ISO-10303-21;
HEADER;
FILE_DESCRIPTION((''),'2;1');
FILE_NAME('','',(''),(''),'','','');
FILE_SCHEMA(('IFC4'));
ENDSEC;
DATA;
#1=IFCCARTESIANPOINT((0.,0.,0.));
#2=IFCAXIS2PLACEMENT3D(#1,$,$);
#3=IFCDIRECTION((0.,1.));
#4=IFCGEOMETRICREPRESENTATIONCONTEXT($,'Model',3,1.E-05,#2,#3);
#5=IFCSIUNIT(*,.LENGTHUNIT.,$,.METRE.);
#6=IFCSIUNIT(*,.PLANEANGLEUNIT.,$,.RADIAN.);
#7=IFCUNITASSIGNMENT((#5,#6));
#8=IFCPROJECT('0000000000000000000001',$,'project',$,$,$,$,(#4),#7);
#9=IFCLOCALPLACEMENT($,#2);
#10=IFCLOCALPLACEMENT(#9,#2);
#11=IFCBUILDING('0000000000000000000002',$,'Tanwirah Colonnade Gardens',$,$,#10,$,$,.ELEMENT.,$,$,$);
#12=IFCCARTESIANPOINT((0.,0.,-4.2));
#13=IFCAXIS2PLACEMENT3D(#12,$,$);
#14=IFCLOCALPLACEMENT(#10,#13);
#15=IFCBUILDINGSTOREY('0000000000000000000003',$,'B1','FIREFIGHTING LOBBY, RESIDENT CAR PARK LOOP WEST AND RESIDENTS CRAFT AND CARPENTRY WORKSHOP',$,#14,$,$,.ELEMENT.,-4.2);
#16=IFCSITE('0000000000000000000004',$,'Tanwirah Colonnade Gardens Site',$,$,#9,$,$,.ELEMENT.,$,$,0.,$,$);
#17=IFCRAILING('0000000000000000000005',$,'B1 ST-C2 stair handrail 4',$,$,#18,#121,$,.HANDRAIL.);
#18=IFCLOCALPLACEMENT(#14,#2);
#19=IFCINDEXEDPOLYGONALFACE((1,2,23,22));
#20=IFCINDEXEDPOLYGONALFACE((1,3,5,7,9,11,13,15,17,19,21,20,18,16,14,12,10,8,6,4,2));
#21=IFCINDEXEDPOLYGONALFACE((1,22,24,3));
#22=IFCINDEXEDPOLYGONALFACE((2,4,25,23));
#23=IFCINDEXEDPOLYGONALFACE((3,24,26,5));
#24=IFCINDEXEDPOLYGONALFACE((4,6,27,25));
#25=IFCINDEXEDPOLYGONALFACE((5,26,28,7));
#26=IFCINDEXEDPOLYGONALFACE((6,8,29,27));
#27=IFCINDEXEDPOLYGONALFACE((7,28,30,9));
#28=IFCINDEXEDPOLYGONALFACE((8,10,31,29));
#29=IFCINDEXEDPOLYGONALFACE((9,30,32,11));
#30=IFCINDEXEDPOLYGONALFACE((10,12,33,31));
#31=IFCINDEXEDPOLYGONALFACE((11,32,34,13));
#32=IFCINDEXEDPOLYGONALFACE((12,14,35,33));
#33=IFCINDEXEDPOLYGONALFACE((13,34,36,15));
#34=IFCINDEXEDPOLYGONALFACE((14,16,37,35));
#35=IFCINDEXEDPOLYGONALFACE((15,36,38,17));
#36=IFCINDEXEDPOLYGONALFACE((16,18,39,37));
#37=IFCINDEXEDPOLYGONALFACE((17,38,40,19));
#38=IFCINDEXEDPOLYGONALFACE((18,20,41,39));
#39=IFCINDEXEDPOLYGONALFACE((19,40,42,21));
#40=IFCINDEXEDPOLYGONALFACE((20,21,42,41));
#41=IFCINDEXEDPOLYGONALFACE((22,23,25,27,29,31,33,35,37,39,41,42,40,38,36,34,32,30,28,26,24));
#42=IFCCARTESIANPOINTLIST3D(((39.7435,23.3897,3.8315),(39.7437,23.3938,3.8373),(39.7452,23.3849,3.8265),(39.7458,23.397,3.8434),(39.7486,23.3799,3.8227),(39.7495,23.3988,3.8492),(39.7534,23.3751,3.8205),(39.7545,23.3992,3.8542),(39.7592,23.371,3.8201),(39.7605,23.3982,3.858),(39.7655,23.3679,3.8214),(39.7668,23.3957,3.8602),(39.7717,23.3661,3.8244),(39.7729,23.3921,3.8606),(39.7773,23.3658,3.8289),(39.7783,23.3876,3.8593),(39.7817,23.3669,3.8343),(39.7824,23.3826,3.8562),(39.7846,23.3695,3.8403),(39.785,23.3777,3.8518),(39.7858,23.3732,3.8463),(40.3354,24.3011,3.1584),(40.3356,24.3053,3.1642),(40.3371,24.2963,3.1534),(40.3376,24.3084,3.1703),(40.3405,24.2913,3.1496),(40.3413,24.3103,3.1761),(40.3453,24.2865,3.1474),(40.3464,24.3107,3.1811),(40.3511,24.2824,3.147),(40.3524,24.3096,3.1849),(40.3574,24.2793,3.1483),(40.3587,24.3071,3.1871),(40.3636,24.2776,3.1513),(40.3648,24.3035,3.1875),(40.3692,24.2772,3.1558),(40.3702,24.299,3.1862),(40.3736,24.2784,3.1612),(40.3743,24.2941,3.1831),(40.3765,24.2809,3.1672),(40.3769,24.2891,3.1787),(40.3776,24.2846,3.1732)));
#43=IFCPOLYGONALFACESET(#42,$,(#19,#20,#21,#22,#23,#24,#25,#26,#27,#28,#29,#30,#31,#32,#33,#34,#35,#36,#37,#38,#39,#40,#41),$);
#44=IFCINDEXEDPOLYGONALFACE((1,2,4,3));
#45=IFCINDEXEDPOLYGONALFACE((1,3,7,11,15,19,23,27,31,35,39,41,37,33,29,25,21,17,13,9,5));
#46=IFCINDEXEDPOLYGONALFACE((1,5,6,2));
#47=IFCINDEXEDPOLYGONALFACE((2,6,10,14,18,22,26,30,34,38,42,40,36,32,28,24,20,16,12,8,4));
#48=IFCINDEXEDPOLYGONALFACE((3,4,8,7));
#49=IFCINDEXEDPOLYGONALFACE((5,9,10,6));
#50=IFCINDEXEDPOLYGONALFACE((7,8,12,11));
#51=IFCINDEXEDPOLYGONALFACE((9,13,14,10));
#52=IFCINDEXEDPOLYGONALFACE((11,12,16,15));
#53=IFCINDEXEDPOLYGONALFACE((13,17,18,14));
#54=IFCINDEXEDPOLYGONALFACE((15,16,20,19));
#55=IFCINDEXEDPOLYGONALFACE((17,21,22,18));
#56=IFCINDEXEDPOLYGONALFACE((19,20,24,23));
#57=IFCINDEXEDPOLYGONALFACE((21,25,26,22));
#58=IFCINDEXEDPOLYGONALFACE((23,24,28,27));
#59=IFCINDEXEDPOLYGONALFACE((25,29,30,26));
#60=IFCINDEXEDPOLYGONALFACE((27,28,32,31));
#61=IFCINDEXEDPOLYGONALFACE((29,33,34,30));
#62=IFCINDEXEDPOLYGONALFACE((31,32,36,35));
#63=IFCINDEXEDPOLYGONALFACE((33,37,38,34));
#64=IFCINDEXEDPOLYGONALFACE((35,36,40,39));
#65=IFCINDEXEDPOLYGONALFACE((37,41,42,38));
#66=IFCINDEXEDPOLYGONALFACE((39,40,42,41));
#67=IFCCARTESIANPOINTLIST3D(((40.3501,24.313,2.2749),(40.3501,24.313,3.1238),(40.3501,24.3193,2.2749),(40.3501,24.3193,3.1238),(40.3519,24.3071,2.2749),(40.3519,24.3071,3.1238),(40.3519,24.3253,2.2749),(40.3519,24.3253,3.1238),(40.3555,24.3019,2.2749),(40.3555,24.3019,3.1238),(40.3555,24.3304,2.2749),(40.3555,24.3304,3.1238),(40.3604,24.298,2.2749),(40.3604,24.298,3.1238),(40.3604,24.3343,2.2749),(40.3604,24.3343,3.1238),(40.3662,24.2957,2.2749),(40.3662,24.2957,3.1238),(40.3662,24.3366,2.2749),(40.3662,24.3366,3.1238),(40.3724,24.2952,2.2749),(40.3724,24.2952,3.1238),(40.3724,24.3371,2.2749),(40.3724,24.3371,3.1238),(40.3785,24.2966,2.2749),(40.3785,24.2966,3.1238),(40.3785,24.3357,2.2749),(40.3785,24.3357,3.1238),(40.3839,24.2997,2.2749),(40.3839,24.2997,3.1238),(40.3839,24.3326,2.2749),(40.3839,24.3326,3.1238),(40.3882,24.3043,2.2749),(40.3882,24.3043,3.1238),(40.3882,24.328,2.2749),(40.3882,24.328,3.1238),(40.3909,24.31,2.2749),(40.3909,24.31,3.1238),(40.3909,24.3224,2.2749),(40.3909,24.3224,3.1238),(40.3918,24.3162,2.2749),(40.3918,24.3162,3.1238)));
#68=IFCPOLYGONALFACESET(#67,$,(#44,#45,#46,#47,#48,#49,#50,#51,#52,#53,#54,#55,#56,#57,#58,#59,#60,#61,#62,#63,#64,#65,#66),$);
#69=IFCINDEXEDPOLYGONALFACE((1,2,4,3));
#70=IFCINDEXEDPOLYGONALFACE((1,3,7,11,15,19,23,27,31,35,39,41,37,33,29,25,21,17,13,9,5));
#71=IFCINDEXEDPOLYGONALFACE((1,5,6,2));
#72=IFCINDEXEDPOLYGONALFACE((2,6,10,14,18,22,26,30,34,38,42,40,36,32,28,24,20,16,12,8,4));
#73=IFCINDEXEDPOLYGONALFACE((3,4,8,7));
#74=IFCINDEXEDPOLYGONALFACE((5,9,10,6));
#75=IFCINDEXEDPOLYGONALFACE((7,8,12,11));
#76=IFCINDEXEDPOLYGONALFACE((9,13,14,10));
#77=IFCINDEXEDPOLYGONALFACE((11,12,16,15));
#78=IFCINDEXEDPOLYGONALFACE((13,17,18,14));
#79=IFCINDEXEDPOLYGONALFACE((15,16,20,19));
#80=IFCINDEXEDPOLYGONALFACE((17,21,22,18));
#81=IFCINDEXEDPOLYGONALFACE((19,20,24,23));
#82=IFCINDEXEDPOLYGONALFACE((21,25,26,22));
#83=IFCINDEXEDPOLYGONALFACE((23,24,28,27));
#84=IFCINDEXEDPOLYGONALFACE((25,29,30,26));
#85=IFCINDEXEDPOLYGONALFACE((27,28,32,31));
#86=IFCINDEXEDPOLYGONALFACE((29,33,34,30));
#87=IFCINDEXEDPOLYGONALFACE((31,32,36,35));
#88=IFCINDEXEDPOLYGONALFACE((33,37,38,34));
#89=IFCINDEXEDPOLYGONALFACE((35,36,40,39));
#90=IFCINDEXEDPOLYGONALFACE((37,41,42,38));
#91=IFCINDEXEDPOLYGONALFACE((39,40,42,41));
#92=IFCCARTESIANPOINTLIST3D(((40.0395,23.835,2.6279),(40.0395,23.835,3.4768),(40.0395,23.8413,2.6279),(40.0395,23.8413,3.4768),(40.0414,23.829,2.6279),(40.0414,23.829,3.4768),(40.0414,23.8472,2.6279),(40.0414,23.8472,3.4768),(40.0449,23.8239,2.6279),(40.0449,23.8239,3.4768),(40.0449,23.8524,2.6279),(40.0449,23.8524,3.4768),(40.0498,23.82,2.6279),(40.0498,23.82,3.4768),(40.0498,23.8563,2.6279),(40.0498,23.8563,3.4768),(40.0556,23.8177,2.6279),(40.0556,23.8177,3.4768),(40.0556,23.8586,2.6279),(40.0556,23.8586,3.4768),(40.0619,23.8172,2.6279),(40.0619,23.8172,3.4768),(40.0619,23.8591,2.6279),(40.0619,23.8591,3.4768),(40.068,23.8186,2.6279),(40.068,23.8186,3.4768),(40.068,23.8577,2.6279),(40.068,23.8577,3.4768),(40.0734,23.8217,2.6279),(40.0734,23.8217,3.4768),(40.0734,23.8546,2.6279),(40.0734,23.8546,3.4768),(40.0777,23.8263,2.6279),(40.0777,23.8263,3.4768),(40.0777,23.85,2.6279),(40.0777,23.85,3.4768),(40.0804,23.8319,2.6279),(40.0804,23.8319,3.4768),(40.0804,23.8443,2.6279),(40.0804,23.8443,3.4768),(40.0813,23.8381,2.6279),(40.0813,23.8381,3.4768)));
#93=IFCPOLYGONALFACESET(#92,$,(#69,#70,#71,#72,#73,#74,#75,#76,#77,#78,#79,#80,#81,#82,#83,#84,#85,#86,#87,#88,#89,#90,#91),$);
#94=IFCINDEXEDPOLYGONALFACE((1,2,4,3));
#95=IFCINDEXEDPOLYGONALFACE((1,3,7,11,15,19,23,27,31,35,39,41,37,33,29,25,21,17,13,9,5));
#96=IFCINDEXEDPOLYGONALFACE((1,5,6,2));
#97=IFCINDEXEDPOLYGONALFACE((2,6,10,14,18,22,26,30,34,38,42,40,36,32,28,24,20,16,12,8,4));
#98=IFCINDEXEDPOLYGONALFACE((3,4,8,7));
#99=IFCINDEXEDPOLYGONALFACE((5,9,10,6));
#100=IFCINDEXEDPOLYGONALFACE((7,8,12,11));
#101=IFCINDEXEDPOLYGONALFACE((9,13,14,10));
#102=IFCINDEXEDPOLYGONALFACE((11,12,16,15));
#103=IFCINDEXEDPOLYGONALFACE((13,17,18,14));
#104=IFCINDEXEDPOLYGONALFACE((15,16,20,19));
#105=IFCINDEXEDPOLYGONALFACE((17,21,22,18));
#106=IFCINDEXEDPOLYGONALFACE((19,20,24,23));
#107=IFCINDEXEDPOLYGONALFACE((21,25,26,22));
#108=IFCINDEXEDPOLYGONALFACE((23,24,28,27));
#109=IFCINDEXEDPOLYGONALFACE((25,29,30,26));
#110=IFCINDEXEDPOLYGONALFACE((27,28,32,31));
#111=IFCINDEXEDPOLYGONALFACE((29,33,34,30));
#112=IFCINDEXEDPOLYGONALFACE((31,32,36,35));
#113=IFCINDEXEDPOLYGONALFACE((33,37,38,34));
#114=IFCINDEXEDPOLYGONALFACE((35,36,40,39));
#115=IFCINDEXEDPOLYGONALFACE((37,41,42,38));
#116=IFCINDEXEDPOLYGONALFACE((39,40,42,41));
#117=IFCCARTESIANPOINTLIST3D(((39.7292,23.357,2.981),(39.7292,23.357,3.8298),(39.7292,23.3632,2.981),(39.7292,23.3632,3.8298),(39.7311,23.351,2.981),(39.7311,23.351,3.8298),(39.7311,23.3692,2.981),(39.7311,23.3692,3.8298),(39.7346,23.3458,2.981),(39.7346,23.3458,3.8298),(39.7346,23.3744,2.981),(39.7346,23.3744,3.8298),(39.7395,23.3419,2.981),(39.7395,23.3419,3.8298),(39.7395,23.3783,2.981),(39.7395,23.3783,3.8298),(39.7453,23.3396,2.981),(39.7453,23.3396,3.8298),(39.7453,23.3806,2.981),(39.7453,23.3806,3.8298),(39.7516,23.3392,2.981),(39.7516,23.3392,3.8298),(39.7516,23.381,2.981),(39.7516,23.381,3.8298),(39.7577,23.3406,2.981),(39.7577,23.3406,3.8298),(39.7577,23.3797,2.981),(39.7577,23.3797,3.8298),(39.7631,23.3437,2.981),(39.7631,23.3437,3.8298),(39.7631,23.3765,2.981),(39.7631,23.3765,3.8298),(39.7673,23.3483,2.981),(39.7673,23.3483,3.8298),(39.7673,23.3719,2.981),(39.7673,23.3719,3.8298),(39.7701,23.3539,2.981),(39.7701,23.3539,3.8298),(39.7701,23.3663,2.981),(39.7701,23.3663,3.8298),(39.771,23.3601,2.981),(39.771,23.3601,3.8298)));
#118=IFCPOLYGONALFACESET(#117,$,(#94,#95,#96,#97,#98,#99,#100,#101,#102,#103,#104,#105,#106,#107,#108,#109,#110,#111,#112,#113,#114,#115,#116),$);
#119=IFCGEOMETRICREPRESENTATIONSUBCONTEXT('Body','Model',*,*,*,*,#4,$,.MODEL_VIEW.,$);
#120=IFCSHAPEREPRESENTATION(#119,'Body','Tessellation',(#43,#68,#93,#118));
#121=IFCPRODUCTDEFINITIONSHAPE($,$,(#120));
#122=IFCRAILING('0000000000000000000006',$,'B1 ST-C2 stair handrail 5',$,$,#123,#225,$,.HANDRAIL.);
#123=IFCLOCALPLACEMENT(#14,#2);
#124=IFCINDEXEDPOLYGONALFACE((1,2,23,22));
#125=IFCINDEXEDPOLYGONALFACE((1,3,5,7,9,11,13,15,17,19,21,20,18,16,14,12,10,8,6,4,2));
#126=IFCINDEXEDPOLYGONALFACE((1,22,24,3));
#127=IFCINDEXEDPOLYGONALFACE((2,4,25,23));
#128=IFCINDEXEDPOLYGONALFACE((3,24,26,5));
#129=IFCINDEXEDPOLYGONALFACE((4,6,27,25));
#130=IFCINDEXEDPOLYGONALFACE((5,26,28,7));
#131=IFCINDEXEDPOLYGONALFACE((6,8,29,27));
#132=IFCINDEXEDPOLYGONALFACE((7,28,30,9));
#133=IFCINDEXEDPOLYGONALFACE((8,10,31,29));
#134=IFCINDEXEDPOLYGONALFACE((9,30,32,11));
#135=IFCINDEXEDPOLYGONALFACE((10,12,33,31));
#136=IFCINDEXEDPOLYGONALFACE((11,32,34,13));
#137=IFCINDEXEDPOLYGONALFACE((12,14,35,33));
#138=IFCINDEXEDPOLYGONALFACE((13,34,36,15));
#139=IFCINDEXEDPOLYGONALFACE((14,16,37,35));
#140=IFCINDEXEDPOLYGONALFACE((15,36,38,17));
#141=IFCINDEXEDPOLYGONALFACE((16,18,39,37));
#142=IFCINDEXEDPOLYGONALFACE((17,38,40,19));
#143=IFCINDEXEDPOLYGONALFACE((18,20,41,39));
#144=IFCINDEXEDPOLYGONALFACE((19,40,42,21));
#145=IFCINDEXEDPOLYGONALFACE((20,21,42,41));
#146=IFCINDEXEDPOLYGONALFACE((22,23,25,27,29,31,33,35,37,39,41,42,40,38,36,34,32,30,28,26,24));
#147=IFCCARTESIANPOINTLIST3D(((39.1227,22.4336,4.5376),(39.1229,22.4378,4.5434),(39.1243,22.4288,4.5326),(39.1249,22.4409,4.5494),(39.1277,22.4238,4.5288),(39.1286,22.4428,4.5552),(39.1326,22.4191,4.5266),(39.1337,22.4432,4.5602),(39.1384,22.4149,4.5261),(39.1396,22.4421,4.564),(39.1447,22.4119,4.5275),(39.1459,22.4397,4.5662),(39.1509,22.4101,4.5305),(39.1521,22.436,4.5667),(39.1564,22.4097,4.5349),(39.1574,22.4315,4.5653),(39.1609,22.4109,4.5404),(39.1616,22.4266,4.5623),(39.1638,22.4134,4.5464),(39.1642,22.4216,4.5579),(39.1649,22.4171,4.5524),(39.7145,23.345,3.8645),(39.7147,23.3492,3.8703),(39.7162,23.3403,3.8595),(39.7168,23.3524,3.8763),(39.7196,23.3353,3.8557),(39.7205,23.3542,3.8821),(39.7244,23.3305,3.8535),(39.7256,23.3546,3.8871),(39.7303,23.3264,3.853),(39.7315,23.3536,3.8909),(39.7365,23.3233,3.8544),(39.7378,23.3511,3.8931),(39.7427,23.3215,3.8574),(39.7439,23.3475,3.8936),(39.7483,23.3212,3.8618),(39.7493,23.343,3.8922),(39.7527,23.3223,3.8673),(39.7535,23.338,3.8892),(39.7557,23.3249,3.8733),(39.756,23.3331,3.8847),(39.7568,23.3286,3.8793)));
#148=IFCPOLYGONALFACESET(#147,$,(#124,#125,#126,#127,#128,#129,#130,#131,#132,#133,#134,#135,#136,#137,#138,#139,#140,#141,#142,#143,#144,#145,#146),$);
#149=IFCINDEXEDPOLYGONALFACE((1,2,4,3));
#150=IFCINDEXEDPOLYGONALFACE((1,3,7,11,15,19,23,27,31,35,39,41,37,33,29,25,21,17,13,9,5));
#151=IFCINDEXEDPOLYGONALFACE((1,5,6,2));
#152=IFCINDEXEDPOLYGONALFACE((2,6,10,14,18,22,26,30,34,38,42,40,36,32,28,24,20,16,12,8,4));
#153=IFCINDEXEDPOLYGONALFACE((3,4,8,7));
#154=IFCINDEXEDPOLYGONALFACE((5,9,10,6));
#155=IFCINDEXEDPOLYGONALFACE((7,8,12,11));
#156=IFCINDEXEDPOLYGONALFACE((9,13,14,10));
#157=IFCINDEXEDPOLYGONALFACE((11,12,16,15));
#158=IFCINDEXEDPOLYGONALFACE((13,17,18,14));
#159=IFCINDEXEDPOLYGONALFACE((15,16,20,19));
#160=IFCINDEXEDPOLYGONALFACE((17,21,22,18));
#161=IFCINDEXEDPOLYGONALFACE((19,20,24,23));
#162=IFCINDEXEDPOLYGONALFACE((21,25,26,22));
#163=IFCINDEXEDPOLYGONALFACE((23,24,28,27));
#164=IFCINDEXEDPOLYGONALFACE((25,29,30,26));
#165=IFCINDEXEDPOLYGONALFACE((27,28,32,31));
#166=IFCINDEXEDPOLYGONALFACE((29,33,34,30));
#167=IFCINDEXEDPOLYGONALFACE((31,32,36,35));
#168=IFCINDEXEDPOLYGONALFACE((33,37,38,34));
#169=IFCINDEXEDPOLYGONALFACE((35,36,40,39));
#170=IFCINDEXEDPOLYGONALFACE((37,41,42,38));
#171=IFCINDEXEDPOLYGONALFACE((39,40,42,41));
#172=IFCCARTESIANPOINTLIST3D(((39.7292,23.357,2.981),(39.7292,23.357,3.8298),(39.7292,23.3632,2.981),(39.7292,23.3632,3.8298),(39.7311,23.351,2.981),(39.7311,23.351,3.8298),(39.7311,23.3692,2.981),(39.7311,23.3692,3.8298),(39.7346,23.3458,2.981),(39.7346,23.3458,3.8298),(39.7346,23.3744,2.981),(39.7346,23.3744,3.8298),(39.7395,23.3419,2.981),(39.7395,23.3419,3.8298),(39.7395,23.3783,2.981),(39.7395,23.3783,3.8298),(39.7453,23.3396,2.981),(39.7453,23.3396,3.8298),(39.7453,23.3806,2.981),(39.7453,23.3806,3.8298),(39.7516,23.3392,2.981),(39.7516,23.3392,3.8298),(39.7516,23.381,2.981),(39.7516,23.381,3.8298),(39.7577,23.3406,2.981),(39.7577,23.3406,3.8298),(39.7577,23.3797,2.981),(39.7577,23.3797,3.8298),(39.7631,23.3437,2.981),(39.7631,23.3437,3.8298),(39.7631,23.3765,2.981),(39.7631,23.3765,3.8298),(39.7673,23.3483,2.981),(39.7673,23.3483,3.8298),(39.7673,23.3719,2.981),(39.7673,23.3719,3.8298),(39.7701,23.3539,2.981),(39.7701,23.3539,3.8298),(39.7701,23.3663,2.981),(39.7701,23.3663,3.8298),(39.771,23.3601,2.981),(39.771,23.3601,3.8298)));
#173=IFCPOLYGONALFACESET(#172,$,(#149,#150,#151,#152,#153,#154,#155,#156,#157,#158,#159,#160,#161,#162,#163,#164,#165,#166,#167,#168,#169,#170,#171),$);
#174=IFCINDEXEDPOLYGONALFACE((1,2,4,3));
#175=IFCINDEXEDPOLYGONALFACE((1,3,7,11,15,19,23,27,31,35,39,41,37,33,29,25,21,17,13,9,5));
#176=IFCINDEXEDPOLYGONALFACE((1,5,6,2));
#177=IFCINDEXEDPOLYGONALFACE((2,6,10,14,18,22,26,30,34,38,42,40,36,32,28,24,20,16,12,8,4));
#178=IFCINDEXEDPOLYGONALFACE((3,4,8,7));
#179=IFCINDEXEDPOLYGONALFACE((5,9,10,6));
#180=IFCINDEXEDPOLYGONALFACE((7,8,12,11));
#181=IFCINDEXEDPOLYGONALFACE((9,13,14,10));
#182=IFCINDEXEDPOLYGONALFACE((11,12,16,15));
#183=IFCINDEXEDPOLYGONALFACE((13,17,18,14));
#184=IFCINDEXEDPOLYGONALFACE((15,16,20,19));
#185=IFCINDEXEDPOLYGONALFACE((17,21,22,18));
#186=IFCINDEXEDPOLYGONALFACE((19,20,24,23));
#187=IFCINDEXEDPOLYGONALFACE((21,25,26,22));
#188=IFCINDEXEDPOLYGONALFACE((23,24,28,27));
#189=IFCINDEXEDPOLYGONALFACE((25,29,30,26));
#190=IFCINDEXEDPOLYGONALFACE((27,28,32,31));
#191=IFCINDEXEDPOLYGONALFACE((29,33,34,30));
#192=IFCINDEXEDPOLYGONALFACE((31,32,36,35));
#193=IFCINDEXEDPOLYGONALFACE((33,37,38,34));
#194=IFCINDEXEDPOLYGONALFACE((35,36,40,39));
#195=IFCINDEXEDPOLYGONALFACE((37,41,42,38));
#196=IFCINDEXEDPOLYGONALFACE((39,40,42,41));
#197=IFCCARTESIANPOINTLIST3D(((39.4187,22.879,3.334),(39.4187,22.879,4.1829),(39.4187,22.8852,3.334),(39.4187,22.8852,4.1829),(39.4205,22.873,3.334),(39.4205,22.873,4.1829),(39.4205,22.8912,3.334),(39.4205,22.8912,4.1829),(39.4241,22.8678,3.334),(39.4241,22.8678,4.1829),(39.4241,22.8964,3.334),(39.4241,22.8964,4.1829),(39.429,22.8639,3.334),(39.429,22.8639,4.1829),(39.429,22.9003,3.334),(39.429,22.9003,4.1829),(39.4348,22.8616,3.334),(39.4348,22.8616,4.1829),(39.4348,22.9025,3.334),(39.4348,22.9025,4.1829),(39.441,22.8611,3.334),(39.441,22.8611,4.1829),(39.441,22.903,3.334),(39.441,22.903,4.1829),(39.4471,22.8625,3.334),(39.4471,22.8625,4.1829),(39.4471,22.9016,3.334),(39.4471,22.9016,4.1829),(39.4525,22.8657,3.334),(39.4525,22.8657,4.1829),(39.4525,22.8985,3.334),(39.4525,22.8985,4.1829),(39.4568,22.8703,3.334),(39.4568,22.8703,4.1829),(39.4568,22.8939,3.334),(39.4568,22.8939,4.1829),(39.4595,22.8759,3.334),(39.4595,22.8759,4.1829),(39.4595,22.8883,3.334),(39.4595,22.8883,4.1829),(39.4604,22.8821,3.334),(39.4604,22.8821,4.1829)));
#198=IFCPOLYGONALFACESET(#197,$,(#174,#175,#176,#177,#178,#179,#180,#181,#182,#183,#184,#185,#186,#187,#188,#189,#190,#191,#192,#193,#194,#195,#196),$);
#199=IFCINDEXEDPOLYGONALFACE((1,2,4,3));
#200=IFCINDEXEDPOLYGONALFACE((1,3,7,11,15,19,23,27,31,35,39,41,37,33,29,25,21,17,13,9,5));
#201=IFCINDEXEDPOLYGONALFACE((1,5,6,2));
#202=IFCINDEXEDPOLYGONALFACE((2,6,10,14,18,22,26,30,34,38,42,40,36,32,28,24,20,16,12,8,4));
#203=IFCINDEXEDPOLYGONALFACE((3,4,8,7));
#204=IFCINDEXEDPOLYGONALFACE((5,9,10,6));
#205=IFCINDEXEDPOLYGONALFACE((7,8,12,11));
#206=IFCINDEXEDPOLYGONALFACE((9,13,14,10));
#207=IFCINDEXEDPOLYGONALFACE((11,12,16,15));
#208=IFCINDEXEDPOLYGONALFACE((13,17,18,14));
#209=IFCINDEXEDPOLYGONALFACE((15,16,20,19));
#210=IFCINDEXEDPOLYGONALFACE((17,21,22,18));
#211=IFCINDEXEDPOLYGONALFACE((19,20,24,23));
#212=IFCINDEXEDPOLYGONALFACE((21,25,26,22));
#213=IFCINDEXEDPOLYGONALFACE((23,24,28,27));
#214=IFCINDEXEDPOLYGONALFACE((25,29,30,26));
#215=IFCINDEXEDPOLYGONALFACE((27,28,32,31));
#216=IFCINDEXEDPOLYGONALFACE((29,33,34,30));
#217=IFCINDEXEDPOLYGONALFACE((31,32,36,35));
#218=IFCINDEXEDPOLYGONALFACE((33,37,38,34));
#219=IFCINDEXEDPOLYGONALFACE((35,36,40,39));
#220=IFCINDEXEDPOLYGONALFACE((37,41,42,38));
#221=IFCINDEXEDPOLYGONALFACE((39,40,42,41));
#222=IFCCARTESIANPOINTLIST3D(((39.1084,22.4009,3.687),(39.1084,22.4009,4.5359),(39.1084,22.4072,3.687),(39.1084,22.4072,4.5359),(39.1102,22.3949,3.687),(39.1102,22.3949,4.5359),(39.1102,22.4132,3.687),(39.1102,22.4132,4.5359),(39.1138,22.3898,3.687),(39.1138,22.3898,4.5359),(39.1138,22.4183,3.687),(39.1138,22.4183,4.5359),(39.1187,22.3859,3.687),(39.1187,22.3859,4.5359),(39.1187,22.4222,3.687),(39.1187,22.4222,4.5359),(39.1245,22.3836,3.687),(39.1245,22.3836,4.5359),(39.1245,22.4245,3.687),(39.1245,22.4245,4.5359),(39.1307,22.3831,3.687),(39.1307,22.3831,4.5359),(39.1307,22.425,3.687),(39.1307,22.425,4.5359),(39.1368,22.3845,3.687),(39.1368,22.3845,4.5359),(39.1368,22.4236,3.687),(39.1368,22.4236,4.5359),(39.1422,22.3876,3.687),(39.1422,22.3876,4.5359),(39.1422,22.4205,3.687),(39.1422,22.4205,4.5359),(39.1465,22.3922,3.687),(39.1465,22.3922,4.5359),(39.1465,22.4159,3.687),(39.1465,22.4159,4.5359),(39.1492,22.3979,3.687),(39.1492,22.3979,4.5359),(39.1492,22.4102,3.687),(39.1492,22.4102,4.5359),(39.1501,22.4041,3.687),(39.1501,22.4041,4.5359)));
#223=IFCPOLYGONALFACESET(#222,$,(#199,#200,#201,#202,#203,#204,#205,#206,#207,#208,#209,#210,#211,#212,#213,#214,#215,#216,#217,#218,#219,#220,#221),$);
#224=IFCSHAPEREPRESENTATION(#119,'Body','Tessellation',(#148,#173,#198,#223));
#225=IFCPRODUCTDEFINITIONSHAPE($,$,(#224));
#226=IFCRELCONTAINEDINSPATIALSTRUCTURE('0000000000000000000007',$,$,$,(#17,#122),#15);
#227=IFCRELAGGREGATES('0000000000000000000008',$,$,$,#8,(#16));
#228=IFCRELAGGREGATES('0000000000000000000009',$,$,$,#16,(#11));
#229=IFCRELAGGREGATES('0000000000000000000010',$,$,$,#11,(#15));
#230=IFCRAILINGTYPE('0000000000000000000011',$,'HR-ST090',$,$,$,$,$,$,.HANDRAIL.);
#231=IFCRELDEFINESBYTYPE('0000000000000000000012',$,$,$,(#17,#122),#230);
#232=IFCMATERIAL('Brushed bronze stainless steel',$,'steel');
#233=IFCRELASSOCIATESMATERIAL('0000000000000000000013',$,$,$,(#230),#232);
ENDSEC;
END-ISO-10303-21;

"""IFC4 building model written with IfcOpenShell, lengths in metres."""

from ifc_helpers import new_model, si_unit, direction, frame, origin, origin_2d, place, context, subcontext, project, spatial, circle, extrude, material, type_object, element, save


model = new_model("IFC4")

# Units and contexts
model_context = context("Model", 3, precision=1e-05, world=origin(), true_north=direction((0.0, 1.0)))
body_context = subcontext(model_context, "Body", "Model", "MODEL_VIEW")
ifc_project = project(units=[si_unit("LENGTHUNIT", "METRE"), si_unit("PLANEANGLEUNIT", "RADIAN")], contexts=[model_context])

# Site, building, storey
site_placement = place(None, origin())
site = spatial("IfcSite", under=ifc_project, at=site_placement, Name="Tanwirah Colonnade Gardens Site", CompositionType="ELEMENT", RefElevation=0.0)
building_placement = place(site_placement, origin())
building = spatial("IfcBuilding", under=site, at=building_placement, Name="Tanwirah Colonnade Gardens", CompositionType="ELEMENT")
storey_placement = place(building_placement, frame((0.0, 0.0, -4.2)))
storey = spatial("IfcBuildingStorey", under=building, at=storey_placement, Name="B1", Description="FIREFIGHTING LOBBY, RESIDENT CAR PARK LOOP WEST AND RESIDENTS CRAFT AND CARPENTRY WORKSHOP", CompositionType="ELEMENT", Elevation=-4.2)

# Railings
ifc_material_1 = material(Name="Brushed bronze stainless steel", Category="steel")
railing_type_1 = type_object("IfcRailingType", Name="HR-ST090", PredefinedType="HANDRAIL", material=ifc_material_1)
for number, where, name in (
    (1, (40.3708, 24.3162, 2.2749), "B1 ST-C2 stair handrail 4"),
    (2, (39.75, 23.3601, 2.981), "B1 ST-C2 stair handrail 5"),
):
    element("IfcRailing", number, at=place(storey_placement, frame(where)), inside=storey, type_object=railing_type_1, Name=name, PredefinedType="HANDRAIL", context=body_context, shape_type="SweptSolid", body=[
        extrude(circle(Radius=0.0239, at=origin_2d()), frame((-0.0144, -0.0222, 0.8923), z_axis=(-0.46301, -0.712996, 0.526554), x_axis=(0.838678, -0.544627, 0.0)), (0.0, 0.0, 1.0), 1.2783),
        extrude(circle(Radius=0.021, at=origin_2d()), origin(), (0.0, 0.0, 1.0), 0.8489),
        extrude(circle(Radius=0.021, at=origin_2d()), frame((-0.3105, -0.478, 0.353)), (0.0, 0.0, 1.0), 0.8489),
        extrude(circle(Radius=0.021, at=origin_2d()), frame((-0.6208, -0.9561, 0.7061)), (0.0, 0.0, 1.0), 0.8489),
    ])

save(model, "model.ifc")
